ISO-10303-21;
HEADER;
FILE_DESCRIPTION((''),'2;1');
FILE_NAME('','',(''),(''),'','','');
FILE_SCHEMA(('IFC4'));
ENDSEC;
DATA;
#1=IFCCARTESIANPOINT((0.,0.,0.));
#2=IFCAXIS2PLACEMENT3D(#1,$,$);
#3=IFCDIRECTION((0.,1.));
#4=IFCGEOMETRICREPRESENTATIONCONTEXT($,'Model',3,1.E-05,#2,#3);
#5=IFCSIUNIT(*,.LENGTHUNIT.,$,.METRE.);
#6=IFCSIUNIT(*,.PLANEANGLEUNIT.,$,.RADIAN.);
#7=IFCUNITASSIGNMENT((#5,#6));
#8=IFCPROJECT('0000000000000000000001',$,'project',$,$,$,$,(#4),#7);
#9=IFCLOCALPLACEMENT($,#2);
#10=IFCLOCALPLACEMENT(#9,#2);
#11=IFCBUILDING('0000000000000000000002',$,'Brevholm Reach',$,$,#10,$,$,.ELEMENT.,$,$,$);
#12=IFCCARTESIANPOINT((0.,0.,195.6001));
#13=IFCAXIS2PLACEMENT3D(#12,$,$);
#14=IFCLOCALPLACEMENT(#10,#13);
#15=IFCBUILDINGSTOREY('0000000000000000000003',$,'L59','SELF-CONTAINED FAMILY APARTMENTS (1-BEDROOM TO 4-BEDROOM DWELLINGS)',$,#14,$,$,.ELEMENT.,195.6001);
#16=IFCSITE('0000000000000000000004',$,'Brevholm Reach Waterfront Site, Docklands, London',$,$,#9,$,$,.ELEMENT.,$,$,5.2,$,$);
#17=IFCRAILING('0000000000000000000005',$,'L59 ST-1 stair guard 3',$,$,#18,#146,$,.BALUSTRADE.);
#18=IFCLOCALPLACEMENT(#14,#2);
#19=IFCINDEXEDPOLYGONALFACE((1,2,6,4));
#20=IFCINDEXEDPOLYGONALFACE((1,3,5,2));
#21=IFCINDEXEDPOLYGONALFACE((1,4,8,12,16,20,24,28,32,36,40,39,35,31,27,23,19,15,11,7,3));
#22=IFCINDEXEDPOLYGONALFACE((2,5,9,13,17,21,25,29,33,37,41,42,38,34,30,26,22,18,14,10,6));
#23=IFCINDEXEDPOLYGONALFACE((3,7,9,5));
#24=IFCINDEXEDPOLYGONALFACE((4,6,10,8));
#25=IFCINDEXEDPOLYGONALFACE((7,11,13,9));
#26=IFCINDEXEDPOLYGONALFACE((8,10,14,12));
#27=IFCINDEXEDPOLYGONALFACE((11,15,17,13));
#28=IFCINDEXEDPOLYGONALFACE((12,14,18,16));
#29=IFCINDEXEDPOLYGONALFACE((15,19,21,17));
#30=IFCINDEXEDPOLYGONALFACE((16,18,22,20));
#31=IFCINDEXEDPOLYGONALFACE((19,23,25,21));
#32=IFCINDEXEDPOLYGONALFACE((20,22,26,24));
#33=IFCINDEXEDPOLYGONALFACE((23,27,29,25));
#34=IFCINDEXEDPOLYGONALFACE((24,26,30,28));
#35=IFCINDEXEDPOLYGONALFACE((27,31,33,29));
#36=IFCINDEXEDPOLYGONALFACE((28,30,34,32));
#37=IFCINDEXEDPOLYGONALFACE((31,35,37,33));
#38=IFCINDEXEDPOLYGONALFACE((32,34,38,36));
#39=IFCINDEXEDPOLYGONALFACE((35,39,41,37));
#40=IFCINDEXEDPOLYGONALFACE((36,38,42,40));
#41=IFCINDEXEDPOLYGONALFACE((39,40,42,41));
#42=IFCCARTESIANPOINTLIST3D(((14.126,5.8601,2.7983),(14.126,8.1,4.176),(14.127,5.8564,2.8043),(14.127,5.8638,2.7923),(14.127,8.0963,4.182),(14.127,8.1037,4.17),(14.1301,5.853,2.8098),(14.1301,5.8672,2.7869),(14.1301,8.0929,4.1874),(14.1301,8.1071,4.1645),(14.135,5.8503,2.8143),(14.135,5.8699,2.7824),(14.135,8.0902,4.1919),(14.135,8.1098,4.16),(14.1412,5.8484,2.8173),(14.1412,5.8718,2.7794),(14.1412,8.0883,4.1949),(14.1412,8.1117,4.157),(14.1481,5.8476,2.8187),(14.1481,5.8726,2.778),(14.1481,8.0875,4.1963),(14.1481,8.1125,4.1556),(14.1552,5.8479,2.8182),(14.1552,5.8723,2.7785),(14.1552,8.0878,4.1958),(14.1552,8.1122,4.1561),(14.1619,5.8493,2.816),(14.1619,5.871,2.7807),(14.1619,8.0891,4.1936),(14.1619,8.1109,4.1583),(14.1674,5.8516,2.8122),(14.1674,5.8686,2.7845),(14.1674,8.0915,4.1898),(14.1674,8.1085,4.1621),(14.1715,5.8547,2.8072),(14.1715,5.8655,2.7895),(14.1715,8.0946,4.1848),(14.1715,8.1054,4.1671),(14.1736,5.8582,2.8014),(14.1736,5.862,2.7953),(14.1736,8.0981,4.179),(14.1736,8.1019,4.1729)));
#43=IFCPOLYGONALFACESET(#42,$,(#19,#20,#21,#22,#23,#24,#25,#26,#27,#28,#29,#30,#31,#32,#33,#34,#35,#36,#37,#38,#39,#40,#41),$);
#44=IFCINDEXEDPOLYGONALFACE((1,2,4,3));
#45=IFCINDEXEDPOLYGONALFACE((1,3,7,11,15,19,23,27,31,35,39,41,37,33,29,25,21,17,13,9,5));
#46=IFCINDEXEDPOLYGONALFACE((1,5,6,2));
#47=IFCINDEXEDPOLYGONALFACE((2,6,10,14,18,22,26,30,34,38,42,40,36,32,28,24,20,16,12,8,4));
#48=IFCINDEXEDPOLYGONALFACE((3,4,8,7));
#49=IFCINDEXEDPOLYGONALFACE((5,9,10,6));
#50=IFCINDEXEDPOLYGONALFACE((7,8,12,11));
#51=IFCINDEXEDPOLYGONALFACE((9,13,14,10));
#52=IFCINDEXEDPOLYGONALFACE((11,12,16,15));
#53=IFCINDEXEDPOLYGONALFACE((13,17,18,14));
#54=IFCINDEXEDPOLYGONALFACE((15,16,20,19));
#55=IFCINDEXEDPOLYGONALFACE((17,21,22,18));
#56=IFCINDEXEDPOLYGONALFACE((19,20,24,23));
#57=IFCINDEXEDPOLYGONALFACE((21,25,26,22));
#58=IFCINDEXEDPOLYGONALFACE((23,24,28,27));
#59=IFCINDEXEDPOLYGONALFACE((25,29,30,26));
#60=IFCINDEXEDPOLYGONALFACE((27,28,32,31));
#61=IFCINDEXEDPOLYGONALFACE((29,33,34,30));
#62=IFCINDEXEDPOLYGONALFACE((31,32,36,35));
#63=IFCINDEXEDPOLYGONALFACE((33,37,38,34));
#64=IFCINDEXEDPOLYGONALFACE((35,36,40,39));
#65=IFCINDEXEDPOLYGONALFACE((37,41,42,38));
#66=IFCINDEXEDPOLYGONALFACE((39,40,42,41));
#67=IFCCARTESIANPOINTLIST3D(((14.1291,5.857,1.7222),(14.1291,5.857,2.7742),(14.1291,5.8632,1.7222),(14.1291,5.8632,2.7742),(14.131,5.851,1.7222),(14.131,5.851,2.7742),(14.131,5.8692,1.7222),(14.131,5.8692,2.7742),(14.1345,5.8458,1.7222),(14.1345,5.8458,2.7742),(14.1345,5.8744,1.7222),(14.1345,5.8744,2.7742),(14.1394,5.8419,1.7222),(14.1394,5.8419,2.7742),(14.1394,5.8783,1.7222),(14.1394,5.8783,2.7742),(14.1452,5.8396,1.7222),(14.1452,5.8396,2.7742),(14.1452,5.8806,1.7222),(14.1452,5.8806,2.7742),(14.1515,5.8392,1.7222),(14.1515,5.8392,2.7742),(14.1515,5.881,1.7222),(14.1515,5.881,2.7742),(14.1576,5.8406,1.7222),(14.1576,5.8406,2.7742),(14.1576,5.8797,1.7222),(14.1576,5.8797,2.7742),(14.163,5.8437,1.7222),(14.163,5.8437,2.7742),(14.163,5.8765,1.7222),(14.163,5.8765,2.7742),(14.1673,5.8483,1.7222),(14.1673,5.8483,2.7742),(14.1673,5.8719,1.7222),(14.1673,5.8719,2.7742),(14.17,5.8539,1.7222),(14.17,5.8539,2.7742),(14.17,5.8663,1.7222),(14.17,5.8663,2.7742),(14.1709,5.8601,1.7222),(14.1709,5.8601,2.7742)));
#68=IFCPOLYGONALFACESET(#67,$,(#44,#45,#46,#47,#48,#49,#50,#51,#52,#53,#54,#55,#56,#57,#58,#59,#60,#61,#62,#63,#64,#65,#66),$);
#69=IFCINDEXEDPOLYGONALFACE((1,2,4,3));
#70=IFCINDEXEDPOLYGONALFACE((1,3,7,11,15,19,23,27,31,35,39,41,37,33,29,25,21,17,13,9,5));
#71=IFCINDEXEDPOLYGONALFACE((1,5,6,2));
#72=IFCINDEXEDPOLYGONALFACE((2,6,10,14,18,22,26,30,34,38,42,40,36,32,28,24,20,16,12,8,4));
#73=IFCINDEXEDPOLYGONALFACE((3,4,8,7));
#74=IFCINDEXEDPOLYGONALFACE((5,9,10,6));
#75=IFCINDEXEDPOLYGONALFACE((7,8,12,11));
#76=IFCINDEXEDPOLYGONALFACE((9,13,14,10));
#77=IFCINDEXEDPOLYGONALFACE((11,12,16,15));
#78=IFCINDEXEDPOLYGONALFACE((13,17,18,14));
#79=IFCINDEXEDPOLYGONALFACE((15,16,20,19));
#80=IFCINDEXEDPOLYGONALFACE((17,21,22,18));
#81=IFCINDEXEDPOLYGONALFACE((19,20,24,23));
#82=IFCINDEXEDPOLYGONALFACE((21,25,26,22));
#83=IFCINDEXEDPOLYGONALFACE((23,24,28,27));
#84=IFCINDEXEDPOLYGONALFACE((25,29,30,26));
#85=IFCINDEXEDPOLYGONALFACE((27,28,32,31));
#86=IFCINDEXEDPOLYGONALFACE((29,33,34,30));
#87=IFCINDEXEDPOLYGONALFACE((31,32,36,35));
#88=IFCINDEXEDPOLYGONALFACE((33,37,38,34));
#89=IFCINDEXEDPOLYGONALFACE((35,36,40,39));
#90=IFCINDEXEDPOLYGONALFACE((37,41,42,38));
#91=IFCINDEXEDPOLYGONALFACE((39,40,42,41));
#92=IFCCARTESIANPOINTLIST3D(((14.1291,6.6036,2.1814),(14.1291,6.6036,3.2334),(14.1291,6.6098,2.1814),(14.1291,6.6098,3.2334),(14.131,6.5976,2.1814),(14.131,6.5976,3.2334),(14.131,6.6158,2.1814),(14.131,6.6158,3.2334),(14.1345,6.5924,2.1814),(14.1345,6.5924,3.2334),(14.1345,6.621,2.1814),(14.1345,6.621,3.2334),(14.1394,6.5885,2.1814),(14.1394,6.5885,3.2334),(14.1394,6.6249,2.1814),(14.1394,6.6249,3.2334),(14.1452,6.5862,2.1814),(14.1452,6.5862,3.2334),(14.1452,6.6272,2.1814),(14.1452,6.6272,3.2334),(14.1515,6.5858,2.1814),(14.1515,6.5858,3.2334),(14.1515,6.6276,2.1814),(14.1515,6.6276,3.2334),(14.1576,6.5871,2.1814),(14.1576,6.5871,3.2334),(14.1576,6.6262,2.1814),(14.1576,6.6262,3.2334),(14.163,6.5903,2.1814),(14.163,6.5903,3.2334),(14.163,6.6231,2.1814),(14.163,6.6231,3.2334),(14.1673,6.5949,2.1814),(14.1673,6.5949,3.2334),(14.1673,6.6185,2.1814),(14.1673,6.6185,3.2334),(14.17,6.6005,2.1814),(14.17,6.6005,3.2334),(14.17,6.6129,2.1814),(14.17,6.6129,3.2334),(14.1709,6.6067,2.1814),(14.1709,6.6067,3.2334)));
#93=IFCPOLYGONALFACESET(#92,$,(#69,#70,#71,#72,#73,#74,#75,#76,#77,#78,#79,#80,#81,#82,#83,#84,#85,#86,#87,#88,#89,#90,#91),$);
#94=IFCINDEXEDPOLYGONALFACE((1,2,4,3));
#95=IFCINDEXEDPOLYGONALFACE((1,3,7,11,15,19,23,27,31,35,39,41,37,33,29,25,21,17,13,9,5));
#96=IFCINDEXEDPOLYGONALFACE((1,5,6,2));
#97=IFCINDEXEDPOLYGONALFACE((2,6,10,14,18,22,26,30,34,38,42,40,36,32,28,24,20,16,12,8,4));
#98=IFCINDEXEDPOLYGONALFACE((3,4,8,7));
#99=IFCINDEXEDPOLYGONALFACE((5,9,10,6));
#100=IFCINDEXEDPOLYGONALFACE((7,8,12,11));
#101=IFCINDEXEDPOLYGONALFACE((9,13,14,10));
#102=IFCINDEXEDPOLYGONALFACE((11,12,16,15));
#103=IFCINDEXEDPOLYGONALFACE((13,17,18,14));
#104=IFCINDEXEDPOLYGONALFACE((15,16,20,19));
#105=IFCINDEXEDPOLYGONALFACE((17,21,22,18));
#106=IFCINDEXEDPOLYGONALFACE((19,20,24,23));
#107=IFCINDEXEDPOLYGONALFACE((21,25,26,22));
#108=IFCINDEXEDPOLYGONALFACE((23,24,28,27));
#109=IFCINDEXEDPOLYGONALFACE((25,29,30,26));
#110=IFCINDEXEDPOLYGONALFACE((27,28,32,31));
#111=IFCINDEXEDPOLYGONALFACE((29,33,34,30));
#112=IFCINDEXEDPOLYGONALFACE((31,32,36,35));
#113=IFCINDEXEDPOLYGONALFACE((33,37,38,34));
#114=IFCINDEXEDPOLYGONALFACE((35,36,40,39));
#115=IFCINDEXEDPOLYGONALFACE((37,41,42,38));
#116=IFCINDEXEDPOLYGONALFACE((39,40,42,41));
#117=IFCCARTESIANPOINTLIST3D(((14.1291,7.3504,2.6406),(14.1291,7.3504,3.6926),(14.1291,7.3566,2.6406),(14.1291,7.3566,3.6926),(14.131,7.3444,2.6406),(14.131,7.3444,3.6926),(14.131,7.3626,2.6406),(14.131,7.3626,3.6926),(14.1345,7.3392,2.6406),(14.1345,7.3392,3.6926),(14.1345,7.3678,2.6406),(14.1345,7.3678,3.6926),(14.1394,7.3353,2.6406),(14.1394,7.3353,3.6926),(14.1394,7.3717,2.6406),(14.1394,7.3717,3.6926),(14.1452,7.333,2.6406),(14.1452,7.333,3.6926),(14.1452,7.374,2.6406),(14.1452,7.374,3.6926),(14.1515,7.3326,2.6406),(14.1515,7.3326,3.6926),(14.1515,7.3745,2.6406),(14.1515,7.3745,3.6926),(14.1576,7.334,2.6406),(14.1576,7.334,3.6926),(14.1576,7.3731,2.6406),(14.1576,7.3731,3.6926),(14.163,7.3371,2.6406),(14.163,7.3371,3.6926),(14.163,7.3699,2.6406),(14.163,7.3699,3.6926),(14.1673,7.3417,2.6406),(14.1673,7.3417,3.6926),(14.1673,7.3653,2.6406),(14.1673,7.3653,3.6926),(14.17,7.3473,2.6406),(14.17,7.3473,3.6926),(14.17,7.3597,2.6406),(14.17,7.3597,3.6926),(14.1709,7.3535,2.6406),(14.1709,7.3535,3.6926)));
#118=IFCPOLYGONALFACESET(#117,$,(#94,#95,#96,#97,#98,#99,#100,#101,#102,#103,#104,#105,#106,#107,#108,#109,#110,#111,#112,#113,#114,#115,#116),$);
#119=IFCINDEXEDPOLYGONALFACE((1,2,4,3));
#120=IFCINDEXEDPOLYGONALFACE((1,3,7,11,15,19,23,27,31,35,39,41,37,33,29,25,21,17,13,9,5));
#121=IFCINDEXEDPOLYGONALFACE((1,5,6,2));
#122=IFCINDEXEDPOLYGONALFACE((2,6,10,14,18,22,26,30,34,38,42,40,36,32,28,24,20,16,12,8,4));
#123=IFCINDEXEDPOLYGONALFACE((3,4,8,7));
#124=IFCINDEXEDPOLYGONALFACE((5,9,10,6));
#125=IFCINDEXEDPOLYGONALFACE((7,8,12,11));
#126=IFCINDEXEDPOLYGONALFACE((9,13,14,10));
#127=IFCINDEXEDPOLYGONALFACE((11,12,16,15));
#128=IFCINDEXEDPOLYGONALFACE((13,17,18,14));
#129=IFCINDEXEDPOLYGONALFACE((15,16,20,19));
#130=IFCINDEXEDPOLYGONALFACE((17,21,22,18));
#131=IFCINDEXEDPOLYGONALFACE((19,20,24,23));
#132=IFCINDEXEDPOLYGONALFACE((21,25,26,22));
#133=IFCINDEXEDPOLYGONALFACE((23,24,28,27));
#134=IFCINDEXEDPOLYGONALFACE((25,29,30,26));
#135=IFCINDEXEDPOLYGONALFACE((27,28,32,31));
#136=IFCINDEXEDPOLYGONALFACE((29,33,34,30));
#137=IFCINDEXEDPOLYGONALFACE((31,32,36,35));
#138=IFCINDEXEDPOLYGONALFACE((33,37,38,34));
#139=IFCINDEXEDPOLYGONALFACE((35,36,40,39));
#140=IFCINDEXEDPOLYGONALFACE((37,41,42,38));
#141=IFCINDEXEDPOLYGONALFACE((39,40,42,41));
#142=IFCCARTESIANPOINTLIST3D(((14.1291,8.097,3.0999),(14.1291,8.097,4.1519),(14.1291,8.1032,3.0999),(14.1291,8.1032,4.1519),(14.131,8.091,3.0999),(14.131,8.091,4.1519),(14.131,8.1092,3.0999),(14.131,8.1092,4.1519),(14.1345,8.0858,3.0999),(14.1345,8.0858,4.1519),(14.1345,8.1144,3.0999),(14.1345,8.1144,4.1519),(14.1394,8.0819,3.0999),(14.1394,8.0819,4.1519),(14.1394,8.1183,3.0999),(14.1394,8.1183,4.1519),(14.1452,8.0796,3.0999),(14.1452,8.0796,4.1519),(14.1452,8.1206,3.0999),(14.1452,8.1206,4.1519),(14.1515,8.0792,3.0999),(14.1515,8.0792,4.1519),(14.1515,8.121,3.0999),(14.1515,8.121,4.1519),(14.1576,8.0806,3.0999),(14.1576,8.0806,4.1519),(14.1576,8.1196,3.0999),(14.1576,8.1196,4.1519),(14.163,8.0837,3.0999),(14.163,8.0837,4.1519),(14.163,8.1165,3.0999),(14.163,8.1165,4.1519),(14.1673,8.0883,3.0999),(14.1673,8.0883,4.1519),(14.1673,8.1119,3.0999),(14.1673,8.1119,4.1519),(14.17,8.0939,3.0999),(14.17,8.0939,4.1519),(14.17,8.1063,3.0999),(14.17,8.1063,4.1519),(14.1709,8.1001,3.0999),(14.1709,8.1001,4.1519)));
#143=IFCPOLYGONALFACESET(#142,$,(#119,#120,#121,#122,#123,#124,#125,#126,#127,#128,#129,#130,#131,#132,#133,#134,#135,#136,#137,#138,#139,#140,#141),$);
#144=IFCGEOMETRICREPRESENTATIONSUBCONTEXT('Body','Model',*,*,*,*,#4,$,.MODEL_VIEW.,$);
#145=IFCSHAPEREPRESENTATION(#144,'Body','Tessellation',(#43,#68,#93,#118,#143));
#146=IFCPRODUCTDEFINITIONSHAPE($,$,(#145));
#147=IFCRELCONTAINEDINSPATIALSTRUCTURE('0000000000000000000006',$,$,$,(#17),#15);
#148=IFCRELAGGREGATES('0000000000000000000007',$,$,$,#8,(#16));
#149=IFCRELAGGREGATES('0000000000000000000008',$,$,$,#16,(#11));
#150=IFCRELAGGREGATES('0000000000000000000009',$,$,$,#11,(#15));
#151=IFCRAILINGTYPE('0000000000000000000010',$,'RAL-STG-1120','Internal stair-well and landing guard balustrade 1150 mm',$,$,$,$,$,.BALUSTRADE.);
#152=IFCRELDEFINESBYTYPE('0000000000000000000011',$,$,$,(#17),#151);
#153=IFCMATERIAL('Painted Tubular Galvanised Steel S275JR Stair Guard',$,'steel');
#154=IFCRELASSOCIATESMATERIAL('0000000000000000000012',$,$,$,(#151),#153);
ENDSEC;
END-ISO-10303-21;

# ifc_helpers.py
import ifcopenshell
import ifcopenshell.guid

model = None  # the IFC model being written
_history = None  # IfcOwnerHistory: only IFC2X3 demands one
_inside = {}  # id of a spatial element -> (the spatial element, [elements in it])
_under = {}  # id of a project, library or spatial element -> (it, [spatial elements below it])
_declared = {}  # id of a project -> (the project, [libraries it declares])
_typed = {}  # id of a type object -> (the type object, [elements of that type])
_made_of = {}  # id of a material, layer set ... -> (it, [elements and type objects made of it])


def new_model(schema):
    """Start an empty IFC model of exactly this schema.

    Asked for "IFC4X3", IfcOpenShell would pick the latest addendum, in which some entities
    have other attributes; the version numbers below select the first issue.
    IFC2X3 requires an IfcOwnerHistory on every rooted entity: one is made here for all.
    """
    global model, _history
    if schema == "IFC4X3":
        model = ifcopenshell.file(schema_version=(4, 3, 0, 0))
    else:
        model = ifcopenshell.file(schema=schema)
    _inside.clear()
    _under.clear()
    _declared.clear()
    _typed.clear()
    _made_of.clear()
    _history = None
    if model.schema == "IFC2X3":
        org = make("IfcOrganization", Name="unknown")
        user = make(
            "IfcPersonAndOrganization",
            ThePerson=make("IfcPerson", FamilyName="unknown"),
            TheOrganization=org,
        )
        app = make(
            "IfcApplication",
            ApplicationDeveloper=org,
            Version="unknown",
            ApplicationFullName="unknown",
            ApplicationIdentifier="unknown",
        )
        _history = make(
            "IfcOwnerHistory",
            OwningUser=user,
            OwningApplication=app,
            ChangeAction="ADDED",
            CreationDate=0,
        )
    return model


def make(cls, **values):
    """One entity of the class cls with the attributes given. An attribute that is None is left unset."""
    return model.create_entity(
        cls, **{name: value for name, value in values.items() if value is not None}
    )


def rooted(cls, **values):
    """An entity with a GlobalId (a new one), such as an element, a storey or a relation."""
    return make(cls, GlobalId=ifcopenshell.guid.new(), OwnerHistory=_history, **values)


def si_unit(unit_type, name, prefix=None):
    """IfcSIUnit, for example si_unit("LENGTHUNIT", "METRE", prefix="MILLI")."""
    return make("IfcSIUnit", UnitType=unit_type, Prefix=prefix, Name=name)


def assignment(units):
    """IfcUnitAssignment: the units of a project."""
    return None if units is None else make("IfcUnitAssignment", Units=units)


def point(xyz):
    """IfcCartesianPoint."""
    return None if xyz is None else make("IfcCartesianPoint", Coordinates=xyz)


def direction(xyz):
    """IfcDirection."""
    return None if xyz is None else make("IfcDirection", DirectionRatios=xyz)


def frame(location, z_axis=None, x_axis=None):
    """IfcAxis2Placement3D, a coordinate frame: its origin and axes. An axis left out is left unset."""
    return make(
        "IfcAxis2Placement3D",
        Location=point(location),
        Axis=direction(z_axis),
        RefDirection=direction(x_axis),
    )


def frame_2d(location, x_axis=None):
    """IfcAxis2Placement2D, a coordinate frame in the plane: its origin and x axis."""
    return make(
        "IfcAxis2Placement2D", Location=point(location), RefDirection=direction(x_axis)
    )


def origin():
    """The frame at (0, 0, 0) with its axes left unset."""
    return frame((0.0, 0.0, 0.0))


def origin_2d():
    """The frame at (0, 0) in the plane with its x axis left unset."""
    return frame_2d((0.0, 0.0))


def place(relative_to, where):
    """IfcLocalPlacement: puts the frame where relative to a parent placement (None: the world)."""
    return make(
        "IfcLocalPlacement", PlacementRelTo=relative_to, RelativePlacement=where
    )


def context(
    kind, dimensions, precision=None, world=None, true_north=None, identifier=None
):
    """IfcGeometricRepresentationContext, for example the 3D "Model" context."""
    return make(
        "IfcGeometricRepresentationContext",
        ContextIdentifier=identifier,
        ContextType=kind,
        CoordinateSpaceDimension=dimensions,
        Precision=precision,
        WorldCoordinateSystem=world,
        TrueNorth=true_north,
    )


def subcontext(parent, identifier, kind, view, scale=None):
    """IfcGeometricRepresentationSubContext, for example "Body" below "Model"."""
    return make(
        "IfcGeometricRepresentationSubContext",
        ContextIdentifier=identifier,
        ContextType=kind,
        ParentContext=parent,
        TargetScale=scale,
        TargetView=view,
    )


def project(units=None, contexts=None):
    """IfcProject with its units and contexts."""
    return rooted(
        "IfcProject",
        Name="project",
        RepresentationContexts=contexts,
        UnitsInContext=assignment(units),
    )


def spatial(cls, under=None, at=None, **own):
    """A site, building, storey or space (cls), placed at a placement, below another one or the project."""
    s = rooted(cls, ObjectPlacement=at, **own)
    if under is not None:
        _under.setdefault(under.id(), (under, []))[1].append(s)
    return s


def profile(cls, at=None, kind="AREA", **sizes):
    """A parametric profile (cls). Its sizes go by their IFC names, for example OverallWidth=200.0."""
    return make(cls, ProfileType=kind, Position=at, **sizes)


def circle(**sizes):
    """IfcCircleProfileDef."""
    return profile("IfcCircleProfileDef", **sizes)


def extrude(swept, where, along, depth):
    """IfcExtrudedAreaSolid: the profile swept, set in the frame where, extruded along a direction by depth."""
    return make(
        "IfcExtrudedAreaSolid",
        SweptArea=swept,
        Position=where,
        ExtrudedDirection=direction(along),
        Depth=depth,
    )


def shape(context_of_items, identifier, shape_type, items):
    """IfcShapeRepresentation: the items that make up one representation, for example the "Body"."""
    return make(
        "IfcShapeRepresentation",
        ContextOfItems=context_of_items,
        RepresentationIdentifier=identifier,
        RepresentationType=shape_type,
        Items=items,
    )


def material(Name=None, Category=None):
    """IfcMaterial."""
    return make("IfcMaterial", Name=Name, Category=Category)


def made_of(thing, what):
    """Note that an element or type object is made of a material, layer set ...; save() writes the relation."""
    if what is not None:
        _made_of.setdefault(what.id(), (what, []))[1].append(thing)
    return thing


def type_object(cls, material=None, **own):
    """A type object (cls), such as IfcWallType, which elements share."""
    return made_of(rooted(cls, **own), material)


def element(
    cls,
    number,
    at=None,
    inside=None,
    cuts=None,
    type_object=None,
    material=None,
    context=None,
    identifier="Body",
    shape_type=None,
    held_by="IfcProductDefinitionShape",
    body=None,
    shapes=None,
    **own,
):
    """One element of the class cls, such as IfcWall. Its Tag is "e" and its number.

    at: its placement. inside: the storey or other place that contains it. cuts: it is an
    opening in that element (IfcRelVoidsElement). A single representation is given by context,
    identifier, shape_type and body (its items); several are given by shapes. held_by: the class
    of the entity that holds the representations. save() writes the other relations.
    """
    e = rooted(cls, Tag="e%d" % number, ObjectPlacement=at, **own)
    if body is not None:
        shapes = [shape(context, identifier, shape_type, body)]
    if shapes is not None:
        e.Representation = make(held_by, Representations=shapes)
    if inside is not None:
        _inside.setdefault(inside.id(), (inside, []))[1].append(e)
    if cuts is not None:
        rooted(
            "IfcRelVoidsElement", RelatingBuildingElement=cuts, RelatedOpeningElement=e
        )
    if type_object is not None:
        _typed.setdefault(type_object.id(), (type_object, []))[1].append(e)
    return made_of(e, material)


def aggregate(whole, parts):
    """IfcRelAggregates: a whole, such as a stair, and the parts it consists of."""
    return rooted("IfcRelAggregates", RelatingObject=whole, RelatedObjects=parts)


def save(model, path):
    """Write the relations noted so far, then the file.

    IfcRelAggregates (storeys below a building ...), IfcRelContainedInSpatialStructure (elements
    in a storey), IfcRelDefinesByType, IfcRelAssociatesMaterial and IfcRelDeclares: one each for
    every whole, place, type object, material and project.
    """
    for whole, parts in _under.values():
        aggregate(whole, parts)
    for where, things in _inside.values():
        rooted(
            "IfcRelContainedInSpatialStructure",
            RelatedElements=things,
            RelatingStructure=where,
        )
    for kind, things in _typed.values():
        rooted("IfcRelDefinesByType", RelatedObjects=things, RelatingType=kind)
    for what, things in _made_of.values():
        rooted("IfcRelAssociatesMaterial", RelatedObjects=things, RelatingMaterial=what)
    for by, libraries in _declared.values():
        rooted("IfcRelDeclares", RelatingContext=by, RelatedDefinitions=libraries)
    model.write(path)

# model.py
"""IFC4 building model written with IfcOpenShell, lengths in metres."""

from ifc_helpers import new_model, si_unit, direction, frame, origin, origin_2d, place, context, subcontext, project, spatial, circle, extrude, material, type_object, element, save


model = new_model("IFC4")

# Units and contexts
model_context = context("Model", 3, precision=1e-05, world=origin(), true_north=direction((0.0, 1.0)))
body_context = subcontext(model_context, "Body", "Model", "MODEL_VIEW")
ifc_project = project(units=[si_unit("LENGTHUNIT", "METRE"), si_unit("PLANEANGLEUNIT", "RADIAN")], contexts=[model_context])

# Site, building, storey
site_placement = place(None, origin())
site = spatial("IfcSite", under=ifc_project, at=site_placement, Name="Brevholm Reach Waterfront Site, Docklands, London", CompositionType="ELEMENT", RefElevation=5.2)
building_placement = place(site_placement, origin())
building = spatial("IfcBuilding", under=site, at=building_placement, Name="Brevholm Reach", CompositionType="ELEMENT")
storey_placement = place(building_placement, frame((0.0, 0.0, 195.6001)))
storey = spatial("IfcBuildingStorey", under=building, at=storey_placement, Name="L59", Description="SELF-CONTAINED FAMILY APARTMENTS (1-BEDROOM TO 4-BEDROOM DWELLINGS)", CompositionType="ELEMENT", Elevation=195.6001)

# Railing
ifc_material_1 = material(Name="Painted Tubular Galvanised Steel S275JR Stair Guard", Category="steel")
railing_type_1 = type_object("IfcRailingType", Name="RAL-STG-1120", Description="Internal stair-well and landing guard balustrade 1150 mm", PredefinedType="BALUSTRADE", material=ifc_material_1)
railing_1_placement = place(storey_placement, frame((14.1499, 5.8601, 1.7222)))
element("IfcRailing", 1, at=railing_1_placement, inside=storey, type_object=railing_type_1, Name="L59 ST-1 stair guard 3", PredefinedType="BALUSTRADE", context=body_context, shape_type="SweptSolid", body=[
    extrude(circle(Radius=0.0239, at=origin_2d()), frame((0.0, 0.0, 1.0762), z_axis=(0.0, 0.851789, 0.523885), x_axis=(-1.0, 0.0, 0.0)), (0.0, 0.0, 1.0), 2.6296),
    extrude(circle(Radius=0.021, at=origin_2d()), origin(), (0.0, 0.0, 1.0), 1.052),
    extrude(circle(Radius=0.021, at=origin_2d()), frame((0.0, 0.7466, 0.4592)), (0.0, 0.0, 1.0), 1.052),
    extrude(circle(Radius=0.021, at=origin_2d()), frame((0.0, 1.4934, 0.9185)), (0.0, 0.0, 1.0), 1.052),
    extrude(circle(Radius=0.021, at=origin_2d()), frame((0.0, 2.24, 1.3777)), (0.0, 0.0, 1.0), 1.052),
])

save(model, "model.ifc")
